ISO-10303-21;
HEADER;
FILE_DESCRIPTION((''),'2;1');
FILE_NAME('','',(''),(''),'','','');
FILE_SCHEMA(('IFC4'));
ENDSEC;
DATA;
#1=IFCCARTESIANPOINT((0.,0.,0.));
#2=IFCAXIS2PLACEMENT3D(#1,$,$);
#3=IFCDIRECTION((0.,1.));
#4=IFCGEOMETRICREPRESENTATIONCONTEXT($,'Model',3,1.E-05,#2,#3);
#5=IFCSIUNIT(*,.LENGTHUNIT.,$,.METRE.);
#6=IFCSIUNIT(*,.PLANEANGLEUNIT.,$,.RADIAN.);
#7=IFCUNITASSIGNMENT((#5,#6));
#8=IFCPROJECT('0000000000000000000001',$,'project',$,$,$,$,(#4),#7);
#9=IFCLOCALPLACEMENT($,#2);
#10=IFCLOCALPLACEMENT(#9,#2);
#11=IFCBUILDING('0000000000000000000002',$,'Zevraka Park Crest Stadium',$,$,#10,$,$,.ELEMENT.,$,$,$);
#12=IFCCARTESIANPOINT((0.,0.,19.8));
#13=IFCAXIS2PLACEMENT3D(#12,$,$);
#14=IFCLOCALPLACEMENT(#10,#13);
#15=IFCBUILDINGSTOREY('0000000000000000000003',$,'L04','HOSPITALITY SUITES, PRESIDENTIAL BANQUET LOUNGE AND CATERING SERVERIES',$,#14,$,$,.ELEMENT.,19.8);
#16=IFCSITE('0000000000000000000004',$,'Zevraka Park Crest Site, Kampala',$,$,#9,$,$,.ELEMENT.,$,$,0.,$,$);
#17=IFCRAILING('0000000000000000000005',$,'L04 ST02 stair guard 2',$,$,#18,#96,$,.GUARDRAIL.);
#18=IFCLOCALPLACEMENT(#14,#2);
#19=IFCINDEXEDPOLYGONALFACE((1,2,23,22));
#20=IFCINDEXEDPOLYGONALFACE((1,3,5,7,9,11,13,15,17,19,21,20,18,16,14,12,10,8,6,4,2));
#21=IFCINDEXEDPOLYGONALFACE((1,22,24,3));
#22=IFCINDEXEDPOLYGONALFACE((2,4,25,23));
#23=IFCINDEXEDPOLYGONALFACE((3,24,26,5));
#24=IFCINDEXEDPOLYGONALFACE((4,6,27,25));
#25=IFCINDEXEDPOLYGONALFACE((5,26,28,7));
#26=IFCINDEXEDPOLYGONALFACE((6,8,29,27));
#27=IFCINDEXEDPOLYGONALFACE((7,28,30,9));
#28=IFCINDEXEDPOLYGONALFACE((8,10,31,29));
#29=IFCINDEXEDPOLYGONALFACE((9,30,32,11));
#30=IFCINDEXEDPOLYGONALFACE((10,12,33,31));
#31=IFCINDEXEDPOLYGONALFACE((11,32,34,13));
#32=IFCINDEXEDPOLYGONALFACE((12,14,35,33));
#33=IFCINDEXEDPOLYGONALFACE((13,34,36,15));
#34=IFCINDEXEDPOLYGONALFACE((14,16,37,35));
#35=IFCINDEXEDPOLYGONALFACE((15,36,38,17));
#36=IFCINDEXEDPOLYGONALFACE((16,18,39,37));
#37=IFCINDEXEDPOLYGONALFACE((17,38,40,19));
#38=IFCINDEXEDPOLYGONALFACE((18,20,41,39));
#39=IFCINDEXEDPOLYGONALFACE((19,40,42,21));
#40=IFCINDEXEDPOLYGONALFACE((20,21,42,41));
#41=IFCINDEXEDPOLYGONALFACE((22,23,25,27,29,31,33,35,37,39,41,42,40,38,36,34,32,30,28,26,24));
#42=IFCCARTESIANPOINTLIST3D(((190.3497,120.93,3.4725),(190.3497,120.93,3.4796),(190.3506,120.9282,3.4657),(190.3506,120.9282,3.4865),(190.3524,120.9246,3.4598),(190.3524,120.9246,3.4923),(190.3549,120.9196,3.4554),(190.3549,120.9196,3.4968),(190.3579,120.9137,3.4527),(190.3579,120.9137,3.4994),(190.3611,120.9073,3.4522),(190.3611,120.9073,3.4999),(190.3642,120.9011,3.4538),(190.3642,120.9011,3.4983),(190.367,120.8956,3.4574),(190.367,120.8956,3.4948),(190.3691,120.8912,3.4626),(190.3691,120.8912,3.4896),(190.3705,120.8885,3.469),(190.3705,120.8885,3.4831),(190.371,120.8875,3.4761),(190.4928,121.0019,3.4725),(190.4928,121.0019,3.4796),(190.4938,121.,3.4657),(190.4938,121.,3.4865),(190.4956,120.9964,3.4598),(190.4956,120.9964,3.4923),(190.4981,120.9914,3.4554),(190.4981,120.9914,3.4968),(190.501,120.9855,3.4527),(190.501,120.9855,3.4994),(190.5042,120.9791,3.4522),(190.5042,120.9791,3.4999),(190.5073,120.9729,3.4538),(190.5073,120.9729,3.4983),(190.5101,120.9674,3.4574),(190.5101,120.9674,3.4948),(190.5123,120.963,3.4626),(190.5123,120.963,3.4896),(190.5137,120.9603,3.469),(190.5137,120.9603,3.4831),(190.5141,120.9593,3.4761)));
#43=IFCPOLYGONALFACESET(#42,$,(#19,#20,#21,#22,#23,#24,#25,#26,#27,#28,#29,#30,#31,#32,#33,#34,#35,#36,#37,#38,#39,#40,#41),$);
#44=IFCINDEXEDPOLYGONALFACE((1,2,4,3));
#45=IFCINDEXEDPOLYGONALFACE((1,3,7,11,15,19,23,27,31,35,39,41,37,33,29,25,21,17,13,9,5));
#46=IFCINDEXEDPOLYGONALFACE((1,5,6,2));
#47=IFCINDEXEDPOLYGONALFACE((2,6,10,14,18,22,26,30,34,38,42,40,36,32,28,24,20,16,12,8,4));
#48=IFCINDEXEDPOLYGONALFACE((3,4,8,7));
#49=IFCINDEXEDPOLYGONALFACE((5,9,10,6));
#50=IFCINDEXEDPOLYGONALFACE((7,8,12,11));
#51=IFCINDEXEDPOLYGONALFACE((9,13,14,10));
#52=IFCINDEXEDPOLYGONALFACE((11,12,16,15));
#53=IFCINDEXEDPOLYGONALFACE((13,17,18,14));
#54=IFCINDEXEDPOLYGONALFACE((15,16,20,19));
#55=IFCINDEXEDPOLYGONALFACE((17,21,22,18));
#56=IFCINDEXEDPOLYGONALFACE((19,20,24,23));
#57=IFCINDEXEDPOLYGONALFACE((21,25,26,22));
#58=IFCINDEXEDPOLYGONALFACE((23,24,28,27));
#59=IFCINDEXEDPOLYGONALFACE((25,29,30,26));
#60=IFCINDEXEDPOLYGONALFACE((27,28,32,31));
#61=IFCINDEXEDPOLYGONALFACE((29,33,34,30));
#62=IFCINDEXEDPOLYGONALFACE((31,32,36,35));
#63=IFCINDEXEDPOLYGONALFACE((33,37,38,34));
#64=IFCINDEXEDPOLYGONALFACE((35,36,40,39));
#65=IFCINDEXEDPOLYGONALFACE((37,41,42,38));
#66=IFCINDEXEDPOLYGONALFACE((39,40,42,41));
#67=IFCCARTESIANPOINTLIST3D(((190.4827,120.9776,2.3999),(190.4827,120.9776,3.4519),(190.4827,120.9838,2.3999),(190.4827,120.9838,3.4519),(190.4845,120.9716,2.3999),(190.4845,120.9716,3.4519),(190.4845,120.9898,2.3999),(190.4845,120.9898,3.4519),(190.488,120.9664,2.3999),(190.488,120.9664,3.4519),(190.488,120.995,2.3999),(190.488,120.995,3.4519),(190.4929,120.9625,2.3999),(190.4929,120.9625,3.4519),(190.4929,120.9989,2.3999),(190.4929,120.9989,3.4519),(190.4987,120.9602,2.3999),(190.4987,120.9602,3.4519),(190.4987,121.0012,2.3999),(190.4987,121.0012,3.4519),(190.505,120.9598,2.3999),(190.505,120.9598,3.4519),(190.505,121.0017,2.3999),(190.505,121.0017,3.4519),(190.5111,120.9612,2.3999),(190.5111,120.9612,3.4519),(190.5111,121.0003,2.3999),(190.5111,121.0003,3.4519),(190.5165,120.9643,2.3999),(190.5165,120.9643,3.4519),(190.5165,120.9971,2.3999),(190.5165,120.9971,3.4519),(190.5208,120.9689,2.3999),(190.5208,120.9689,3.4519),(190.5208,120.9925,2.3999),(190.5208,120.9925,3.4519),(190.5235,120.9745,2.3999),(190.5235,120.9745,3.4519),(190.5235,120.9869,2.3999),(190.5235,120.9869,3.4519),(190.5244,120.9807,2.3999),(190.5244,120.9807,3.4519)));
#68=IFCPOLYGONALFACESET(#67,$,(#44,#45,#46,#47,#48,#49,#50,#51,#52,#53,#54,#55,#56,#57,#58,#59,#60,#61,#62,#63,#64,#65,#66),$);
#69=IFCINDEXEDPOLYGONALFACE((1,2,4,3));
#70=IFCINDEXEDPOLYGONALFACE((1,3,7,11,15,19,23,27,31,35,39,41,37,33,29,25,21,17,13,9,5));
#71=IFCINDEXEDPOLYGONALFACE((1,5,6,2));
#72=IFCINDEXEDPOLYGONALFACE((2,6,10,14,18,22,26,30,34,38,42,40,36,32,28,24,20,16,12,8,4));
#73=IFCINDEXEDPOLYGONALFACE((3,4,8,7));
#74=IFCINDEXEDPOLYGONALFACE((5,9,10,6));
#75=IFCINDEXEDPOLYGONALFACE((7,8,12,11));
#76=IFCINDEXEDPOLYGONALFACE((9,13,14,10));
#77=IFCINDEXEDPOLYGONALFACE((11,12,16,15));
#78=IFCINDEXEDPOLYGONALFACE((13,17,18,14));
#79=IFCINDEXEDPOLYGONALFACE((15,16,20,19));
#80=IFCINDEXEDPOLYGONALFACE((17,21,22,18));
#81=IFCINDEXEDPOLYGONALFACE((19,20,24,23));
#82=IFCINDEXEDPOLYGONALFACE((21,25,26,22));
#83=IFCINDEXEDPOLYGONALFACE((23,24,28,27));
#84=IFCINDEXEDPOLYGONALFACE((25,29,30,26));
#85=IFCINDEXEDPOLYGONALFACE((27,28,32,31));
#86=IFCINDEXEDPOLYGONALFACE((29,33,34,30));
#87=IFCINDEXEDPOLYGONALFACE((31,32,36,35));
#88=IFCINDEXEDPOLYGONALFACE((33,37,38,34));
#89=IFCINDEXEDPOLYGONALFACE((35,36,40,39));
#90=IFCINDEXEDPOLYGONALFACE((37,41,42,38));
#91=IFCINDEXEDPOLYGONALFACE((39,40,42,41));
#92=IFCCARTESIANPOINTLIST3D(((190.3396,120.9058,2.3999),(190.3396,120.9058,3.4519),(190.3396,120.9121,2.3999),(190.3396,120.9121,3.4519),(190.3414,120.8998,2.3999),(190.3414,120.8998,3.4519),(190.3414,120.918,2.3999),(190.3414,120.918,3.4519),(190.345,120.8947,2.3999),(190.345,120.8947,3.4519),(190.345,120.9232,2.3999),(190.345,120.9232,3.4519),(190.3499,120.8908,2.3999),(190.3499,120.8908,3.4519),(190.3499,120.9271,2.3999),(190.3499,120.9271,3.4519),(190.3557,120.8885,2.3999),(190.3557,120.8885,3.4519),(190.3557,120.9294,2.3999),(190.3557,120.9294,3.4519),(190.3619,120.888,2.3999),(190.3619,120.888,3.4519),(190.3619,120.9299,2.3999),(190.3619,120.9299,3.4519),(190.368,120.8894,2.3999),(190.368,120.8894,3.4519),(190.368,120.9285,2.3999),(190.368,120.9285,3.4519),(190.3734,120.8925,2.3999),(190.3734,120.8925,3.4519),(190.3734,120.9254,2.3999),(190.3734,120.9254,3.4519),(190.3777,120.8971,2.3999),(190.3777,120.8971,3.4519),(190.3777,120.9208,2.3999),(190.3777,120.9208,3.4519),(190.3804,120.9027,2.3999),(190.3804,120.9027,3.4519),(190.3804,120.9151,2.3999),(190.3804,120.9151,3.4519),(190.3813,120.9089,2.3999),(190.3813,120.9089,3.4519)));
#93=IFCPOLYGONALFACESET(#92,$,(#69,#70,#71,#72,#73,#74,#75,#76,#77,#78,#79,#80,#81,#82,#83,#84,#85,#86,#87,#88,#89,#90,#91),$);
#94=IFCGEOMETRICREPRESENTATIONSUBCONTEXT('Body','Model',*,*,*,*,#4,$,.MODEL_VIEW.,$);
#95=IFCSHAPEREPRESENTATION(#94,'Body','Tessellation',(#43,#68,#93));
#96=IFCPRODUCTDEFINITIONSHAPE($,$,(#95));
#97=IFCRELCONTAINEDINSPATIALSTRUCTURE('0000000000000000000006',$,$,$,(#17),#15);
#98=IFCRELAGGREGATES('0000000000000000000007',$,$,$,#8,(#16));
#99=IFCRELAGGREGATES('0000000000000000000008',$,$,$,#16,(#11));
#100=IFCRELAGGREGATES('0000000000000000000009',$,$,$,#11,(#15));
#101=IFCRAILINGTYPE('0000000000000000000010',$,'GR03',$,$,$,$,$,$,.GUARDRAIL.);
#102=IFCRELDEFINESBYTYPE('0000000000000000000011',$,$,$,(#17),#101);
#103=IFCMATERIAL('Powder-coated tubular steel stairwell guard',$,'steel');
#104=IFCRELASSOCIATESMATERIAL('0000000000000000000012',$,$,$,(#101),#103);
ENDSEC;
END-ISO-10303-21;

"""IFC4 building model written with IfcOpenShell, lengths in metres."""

from ifc_helpers import new_model, si_unit, direction, frame, origin, origin_2d, place, context, subcontext, project, spatial, circle, extrude, material, type_object, element, save


model = new_model("IFC4")

# Units and contexts
model_context = context("Model", 3, precision=1e-05, world=origin(), true_north=direction((0.0, 1.0)))
body_context = subcontext(model_context, "Body", "Model", "MODEL_VIEW")
ifc_project = project(units=[si_unit("LENGTHUNIT", "METRE"), si_unit("PLANEANGLEUNIT", "RADIAN")], contexts=[model_context])

# Site, building, storey
site_placement = place(None, origin())
site = spatial("IfcSite", under=ifc_project, at=site_placement, Name="Zevraka Park Crest Site, Kampala", CompositionType="ELEMENT", RefElevation=0.0)
building_placement = place(site_placement, origin())
building = spatial("IfcBuilding", under=site, at=building_placement, Name="Zevraka Park Crest Stadium", CompositionType="ELEMENT")
storey_placement = place(building_placement, frame((0.0, 0.0, 19.8)))
storey = spatial("IfcBuildingStorey", under=building, at=storey_placement, Name="L04", Description="HOSPITALITY SUITES, PRESIDENTIAL BANQUET LOUNGE AND CATERING SERVERIES", CompositionType="ELEMENT", Elevation=19.8)

# Railing
ifc_material_1 = material(Name="Powder-coated tubular steel stairwell guard", Category="steel")
railing_type_1 = type_object("IfcRailingType", Name="GR03", PredefinedType="GUARDRAIL", material=ifc_material_1)
railing_1_placement = place(storey_placement, frame((190.5034, 120.9807, 2.3999)))
element("IfcRailing", 1, at=railing_1_placement, inside=storey, type_object=railing_type_1, Name="L04 ST02 stair guard 2", PredefinedType="GUARDRAIL", context=body_context, shape_type="SweptSolid", body=[
    extrude(circle(Radius=0.0239, at=origin_2d()), frame((0.0, 0.0, 1.0762), z_axis=(-0.893816, -0.448433, 0.0), x_axis=(0.448433, -0.893816, 0.0)), (0.0, 0.0, 1.0), 0.1602),
    extrude(circle(Radius=0.021, at=origin_2d()), origin(), (0.0, 0.0, 1.0), 1.052),
    extrude(circle(Radius=0.021, at=origin_2d()), frame((-0.1431, -0.0718, 0.0)), (0.0, 0.0, 1.0), 1.052),
])

save(model, "model.ifc")
